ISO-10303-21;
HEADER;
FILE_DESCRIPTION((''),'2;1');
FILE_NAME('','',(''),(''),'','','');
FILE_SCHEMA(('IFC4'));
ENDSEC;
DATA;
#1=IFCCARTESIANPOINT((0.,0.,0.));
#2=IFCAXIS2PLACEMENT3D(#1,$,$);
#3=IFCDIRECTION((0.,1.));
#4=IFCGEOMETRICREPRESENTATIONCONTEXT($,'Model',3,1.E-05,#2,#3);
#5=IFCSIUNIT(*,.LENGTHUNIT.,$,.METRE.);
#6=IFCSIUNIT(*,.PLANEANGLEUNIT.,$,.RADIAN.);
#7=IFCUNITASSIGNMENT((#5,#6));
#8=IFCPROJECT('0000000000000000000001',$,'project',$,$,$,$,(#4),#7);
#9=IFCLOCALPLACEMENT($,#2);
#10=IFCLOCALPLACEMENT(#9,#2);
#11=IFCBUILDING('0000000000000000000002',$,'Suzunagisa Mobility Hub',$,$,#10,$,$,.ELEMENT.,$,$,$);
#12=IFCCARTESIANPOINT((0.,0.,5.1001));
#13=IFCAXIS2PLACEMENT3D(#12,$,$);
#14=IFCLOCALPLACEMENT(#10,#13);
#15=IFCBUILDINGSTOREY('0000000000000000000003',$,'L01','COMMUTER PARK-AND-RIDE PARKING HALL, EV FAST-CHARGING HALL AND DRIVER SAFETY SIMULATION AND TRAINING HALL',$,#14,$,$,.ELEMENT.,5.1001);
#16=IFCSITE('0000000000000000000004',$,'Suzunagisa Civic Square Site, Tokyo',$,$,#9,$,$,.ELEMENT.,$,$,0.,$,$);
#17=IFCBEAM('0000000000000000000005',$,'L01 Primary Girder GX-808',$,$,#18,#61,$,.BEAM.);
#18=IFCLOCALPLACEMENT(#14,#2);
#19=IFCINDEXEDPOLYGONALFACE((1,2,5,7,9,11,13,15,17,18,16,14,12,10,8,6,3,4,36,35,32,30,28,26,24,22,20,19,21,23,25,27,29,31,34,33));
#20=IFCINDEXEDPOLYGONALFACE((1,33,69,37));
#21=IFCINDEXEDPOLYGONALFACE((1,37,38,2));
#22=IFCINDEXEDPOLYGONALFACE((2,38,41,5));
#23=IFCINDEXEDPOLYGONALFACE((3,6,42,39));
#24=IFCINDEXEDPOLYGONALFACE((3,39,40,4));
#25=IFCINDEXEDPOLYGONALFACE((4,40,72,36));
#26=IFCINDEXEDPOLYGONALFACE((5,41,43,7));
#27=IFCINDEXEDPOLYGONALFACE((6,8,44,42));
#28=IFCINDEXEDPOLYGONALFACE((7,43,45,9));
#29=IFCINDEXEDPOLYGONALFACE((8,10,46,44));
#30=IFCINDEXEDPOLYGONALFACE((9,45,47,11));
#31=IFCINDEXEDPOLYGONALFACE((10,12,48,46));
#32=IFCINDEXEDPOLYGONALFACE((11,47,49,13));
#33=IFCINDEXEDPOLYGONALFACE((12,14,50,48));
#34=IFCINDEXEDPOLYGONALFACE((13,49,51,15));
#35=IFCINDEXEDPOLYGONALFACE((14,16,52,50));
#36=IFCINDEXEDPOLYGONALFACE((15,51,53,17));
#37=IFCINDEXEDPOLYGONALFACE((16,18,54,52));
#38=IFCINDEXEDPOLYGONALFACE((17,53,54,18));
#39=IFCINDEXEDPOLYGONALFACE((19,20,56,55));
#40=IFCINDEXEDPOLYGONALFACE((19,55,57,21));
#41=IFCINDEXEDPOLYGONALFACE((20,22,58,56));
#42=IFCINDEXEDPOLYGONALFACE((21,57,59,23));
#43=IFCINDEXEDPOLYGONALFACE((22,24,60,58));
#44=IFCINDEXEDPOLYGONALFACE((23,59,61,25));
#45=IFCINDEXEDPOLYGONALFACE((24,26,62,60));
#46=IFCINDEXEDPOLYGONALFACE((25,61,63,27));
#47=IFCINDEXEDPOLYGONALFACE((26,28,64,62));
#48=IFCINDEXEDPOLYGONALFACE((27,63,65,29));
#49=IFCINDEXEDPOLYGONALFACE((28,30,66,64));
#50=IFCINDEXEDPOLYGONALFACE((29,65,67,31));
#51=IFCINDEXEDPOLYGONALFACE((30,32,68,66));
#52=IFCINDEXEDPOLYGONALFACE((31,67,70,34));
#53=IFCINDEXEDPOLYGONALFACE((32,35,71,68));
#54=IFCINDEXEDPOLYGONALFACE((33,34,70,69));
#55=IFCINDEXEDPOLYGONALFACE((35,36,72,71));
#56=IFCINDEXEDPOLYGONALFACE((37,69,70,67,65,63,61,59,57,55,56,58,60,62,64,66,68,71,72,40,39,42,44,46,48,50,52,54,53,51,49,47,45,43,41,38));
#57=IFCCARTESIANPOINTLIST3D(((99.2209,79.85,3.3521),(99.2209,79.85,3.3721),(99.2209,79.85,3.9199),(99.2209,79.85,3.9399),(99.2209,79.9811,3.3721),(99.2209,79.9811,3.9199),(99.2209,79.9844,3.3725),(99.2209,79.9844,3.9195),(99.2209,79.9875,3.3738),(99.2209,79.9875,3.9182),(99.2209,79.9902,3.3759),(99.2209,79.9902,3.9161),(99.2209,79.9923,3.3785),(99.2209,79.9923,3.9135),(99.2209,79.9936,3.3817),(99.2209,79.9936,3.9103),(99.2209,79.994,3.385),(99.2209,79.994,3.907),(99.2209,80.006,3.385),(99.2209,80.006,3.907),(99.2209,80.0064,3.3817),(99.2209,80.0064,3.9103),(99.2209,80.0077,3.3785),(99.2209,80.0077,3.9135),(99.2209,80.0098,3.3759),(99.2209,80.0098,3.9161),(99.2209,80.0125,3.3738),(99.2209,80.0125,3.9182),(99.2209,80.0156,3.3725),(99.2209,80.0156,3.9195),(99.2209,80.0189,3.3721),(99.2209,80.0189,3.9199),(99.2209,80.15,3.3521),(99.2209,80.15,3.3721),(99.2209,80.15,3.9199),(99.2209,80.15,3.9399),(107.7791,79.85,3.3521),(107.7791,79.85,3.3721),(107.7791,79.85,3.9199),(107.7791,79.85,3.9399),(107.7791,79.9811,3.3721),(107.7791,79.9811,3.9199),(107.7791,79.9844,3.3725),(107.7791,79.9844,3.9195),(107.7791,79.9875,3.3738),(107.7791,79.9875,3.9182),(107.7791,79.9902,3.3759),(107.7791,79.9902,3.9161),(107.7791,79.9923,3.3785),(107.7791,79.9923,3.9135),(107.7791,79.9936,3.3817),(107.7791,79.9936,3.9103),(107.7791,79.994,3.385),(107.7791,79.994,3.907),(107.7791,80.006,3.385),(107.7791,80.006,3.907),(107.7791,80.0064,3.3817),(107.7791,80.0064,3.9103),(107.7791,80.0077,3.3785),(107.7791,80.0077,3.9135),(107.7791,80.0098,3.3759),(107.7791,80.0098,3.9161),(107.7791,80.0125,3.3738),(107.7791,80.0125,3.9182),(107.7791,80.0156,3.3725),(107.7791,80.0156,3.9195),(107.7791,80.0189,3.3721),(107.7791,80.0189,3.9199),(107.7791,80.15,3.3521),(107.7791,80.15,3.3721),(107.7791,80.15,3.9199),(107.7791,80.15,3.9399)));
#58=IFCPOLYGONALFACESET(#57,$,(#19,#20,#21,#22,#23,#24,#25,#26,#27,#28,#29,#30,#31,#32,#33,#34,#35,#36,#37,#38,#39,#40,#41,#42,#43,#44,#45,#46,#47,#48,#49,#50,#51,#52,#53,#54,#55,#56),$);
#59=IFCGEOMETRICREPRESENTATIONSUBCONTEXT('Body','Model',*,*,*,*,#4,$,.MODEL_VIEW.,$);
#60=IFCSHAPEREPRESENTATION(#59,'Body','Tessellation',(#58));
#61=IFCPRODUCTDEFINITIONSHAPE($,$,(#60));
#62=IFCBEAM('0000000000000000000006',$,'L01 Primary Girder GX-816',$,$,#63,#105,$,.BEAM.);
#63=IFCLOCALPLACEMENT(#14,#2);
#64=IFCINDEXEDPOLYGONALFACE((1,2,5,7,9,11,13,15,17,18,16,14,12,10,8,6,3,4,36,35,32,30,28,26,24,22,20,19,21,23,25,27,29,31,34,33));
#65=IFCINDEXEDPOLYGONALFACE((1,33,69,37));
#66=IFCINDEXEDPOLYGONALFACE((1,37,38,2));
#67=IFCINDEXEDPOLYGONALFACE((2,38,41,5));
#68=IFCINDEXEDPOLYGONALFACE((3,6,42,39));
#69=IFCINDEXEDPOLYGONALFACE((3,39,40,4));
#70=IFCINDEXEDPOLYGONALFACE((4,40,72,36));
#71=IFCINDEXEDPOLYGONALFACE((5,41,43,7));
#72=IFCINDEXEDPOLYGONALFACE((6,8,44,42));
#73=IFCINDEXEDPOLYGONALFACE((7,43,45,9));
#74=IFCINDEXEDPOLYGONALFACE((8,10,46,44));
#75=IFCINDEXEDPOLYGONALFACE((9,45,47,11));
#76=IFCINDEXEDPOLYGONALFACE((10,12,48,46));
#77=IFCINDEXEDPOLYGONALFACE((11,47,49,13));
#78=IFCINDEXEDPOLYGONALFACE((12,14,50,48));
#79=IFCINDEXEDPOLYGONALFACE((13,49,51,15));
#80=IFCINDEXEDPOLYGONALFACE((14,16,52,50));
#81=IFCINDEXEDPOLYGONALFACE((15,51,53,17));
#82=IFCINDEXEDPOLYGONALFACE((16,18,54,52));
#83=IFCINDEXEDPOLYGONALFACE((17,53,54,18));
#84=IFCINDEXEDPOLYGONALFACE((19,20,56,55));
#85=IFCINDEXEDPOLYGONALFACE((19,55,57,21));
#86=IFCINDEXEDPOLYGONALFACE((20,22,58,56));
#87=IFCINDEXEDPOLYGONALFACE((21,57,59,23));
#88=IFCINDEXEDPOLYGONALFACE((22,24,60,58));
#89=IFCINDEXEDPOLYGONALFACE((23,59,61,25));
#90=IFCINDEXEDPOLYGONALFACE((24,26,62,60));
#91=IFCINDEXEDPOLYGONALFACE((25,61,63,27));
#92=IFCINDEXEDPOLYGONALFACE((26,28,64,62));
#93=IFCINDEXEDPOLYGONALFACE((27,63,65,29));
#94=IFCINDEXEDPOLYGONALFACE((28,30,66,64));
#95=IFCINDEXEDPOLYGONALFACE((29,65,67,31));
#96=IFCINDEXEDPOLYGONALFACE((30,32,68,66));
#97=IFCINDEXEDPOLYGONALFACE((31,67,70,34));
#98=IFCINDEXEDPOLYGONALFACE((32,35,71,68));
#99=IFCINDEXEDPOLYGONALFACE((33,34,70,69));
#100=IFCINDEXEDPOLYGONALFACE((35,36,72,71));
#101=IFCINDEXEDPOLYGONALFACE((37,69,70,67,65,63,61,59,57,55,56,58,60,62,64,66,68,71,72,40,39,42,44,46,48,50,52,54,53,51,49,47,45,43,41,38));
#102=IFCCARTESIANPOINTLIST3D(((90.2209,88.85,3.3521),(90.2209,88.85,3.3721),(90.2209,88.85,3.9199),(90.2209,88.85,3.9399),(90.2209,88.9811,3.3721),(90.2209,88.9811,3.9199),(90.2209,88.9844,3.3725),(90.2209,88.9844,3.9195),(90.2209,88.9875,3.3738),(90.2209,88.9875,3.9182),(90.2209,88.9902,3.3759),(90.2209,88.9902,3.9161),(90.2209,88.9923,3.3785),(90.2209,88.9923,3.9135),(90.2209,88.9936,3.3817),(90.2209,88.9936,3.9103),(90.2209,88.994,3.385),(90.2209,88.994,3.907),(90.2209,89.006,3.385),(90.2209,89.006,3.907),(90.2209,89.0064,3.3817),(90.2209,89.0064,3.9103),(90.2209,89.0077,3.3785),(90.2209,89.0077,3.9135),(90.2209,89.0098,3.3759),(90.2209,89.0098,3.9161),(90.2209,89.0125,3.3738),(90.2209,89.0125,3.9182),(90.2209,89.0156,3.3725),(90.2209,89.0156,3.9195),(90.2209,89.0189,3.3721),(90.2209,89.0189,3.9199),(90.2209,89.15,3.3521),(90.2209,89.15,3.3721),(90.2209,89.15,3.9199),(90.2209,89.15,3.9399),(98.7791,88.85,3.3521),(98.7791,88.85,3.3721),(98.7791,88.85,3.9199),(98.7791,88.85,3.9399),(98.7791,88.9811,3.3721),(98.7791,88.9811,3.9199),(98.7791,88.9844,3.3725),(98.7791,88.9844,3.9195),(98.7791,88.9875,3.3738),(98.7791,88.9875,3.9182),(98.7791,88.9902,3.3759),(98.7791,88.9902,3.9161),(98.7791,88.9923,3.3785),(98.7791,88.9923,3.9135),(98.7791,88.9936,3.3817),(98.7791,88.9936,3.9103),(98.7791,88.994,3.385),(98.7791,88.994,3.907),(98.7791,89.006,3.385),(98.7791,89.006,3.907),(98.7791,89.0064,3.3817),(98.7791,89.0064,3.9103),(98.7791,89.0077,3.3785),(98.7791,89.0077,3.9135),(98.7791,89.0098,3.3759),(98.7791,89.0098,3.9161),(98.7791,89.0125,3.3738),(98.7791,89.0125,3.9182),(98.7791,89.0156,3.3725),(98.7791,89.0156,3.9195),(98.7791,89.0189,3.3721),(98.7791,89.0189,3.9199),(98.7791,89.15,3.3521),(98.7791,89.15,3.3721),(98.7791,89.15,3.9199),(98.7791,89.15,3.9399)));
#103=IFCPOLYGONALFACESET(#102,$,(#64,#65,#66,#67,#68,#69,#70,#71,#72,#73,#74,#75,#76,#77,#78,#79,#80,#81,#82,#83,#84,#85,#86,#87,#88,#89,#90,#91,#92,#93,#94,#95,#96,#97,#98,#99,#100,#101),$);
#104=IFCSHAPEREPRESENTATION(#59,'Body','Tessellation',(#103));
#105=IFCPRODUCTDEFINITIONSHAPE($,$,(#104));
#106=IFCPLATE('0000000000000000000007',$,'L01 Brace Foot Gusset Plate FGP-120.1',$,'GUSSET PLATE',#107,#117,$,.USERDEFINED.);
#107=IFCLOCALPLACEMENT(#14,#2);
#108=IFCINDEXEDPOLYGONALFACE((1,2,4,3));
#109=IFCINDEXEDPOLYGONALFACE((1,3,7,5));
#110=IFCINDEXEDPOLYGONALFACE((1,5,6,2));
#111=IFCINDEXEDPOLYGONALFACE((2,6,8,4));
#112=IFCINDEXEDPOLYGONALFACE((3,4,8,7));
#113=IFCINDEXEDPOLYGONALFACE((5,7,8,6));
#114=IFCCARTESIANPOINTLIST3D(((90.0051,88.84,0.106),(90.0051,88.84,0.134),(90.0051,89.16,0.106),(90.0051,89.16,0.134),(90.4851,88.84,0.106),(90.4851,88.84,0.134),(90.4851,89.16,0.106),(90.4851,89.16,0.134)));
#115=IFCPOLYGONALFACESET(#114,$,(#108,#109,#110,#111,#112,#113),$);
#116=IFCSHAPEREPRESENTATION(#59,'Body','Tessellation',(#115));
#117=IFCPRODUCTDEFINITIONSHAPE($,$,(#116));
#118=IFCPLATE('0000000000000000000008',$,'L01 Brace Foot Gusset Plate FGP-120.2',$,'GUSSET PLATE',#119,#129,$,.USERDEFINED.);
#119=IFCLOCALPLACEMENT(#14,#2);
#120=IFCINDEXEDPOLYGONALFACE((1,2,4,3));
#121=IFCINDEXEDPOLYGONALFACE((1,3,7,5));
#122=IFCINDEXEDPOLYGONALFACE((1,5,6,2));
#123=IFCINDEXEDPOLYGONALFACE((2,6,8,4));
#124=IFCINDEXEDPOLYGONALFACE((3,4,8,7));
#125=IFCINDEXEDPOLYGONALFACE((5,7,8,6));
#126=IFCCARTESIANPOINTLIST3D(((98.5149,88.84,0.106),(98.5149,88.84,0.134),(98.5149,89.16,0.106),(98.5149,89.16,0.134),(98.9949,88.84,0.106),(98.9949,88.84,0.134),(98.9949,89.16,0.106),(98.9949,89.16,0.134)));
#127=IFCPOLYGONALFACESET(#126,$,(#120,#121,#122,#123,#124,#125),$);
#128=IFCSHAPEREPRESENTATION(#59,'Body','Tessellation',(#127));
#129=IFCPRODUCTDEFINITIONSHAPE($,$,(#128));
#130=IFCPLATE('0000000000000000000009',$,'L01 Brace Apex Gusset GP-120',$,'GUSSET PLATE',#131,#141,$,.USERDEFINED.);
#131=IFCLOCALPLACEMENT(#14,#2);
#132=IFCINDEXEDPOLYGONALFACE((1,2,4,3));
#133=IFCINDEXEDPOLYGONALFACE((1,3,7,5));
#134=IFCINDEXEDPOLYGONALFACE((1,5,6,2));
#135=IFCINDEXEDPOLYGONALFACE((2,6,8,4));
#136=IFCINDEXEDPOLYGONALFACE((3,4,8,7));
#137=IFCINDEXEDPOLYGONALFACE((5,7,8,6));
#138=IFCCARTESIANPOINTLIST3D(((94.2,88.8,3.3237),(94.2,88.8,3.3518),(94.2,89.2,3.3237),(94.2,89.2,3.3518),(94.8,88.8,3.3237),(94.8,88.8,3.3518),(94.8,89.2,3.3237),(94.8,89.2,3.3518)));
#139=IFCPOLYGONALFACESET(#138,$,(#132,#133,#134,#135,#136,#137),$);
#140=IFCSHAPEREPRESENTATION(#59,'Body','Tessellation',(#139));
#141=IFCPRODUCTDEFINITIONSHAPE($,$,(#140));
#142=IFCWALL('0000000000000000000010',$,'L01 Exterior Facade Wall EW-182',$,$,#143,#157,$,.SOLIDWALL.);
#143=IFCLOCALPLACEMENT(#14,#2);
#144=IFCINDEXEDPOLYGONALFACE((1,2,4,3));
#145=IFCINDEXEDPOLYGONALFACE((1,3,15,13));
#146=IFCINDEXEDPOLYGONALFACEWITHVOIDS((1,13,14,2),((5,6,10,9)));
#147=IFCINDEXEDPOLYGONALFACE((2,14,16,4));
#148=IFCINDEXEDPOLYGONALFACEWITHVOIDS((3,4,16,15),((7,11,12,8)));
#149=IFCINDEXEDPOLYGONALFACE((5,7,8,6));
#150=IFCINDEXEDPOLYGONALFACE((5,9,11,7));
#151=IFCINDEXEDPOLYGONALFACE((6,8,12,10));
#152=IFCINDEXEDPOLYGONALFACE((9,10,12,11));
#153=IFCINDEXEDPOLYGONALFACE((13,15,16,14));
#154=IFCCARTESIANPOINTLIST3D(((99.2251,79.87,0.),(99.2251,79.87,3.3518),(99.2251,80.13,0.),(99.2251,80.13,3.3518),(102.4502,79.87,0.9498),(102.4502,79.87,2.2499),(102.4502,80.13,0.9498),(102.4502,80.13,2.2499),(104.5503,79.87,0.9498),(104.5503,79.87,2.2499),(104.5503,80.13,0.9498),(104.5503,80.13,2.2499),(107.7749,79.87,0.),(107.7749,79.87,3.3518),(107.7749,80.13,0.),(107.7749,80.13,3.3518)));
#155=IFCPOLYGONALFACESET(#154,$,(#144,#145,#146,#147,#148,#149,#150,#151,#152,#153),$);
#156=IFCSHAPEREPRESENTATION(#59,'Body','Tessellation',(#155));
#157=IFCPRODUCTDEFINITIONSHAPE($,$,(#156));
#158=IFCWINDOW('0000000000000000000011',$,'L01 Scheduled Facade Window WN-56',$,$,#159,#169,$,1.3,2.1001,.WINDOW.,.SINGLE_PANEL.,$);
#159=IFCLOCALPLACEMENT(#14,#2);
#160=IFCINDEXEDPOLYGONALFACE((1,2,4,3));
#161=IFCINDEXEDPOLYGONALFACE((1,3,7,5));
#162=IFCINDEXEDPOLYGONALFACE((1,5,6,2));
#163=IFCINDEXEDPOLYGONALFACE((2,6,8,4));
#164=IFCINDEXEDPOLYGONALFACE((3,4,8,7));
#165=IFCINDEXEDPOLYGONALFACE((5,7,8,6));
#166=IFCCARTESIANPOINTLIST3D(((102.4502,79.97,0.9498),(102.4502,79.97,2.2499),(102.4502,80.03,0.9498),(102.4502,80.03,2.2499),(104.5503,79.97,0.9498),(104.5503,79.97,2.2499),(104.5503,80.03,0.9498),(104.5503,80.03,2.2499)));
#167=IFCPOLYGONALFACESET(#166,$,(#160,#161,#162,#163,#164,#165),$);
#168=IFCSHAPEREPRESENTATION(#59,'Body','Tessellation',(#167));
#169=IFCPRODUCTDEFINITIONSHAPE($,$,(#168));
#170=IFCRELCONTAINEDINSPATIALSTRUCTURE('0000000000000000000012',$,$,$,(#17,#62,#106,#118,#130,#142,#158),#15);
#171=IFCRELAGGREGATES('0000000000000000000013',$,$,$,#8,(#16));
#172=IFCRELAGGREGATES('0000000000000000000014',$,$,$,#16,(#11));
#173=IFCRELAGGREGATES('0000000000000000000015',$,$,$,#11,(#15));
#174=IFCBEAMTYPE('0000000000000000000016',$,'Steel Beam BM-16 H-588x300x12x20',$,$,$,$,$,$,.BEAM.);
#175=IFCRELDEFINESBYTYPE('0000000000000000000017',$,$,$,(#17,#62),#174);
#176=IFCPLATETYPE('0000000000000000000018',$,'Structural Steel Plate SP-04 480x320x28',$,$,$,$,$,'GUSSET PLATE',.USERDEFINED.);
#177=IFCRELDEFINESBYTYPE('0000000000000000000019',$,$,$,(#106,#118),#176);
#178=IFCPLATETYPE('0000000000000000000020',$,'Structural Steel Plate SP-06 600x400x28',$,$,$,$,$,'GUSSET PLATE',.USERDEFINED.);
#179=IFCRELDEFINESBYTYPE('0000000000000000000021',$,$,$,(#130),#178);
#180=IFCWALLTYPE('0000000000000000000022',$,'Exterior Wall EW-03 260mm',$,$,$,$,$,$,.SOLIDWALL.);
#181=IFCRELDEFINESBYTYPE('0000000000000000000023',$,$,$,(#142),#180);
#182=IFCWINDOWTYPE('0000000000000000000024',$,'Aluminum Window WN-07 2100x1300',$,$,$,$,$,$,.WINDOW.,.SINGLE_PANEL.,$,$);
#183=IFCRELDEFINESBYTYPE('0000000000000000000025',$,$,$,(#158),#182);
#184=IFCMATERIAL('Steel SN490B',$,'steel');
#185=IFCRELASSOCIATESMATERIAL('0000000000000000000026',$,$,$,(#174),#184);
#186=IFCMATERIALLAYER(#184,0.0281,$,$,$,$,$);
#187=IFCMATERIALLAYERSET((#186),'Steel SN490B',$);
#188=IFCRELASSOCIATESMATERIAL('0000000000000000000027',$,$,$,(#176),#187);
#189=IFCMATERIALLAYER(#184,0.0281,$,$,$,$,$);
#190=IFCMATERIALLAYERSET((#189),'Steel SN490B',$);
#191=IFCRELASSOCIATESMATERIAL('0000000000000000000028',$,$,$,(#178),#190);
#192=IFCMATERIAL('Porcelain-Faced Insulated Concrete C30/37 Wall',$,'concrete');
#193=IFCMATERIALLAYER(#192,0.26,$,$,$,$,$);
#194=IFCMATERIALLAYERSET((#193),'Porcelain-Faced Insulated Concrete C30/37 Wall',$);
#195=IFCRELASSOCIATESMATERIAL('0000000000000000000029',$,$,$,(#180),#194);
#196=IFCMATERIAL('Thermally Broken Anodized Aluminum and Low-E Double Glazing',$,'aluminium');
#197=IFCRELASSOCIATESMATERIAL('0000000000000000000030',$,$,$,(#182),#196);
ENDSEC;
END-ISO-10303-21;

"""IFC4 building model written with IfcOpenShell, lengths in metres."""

from ifc_helpers import new_model, si_unit, direction, frame, frame_2d, origin, origin_2d, place, context, subcontext, project, spatial, rectangle, i_section, extrude, material, layer, layer_set, material_profile, profile_set, type_object, element, fill, save


model = new_model("IFC4")

# Units and contexts
model_context = context("Model", 3, precision=1e-05, world=origin(), true_north=direction((0.0, 1.0)))
body_context = subcontext(model_context, "Body", "Model", "MODEL_VIEW")
ifc_project = project(units=[si_unit("LENGTHUNIT", "METRE"), si_unit("PLANEANGLEUNIT", "RADIAN")], contexts=[model_context])

# Site, building, storey
site_placement = place(None, origin())
site = spatial("IfcSite", under=ifc_project, at=site_placement, Name="Suzunagisa Civic Square Site, Tokyo", CompositionType="ELEMENT", RefElevation=0.0)
building_placement = place(site_placement, origin())
building = spatial("IfcBuilding", under=site, at=building_placement, Name="Suzunagisa Mobility Hub", CompositionType="ELEMENT")
storey_placement = place(building_placement, frame((0.0, 0.0, 5.1001)))
storey = spatial("IfcBuildingStorey", under=building, at=storey_placement, Name="L01", Description="COMMUTER PARK-AND-RIDE PARKING HALL, EV FAST-CHARGING HALL AND DRIVER SAFETY SIMULATION AND TRAINING HALL", CompositionType="ELEMENT", Elevation=5.1001)

# Shared definitions
ifc_material_1 = material(Name="Steel SN490B", Category="steel")

# Beams
ifc_material_profile_1 = material_profile(ifc_material_1, i_section(OverallWidth=0.3, OverallDepth=0.5879, WebThickness=0.012, FlangeThickness=0.02, FilletRadius=0.0129, at=origin_2d()), Name="H-588x300x12x20")
ifc_profile_set_1 = profile_set([ifc_material_profile_1], Name="Steel SN490B")
beam_type_1 = type_object("IfcBeamType", Name="Steel Beam BM-16 H-588x300x12x20", PredefinedType="BEAM", material=ifc_profile_set_1)
for number, where, z_axis, x_axis, name in (
    (1, (99.2209, 80.0, 3.646), (1.0, 0.0, 0.0), (0.0, 1.0, 0.0), "L01 Primary Girder GX-808"),
    (2, (90.2209, 89.0, 3.646), (1.0, 0.0, 0.0), (0.0, 1.0, 0.0), "L01 Primary Girder GX-816"),
):
    element("IfcBeam", number, at=place(storey_placement, frame(where, z_axis=z_axis, x_axis=x_axis)), inside=storey, type_object=beam_type_1, Name=name, PredefinedType="BEAM", context=body_context, shape_type="SweptSolid", body=[
        extrude(i_section(OverallWidth=0.3, OverallDepth=0.5879, WebThickness=0.012, FlangeThickness=0.02, FilletRadius=0.0129, at=origin_2d()), origin(), (0.0, 0.0, 1.0), 8.5581),
    ])

# Plates
ifc_layer_1 = layer(ifc_material_1, 0.0281)
ifc_layer_set_1 = layer_set([ifc_layer_1], Name="Steel SN490B")
plate_type_1 = type_object("IfcPlateType", Name="Structural Steel Plate SP-04 480x320x28", ElementType="GUSSET PLATE", PredefinedType="USERDEFINED", material=ifc_layer_set_1)
for number, where, z_axis, x_axis, name in (
    (3, (90.2451, 89.0, 0.106), (0.0, 0.0, 1.0), (1.0, 0.0, 0.0), "L01 Brace Foot Gusset Plate FGP-120.1"),
    (4, (98.7549, 89.0, 0.106), (0.0, 0.0, 1.0), (1.0, 0.0, 0.0), "L01 Brace Foot Gusset Plate FGP-120.2"),
):
    element("IfcPlate", number, at=place(storey_placement, frame(where, z_axis=z_axis, x_axis=x_axis)), inside=storey, type_object=plate_type_1, Name=name, ObjectType="GUSSET PLATE", PredefinedType="USERDEFINED", context=body_context, shape_type="SweptSolid", body=[
        extrude(rectangle(XDim=0.48, YDim=0.3201, at=origin_2d()), origin(), (0.0, 0.0, 1.0), 0.0281),
    ])
ifc_layer_2 = layer(ifc_material_1, 0.0281)
ifc_layer_set_2 = layer_set([ifc_layer_2], Name="Steel SN490B")
plate_type_2 = type_object("IfcPlateType", Name="Structural Steel Plate SP-06 600x400x28", ElementType="GUSSET PLATE", PredefinedType="USERDEFINED", material=ifc_layer_set_2)
plate_placement = place(storey_placement, frame((94.5, 89.0, 3.3237), z_axis=(0.0, 0.0, 1.0), x_axis=(1.0, 0.0, 0.0)))
element("IfcPlate", 5, at=plate_placement, inside=storey, type_object=plate_type_2, Name="L01 Brace Apex Gusset GP-120", ObjectType="GUSSET PLATE", PredefinedType="USERDEFINED", context=body_context, shape_type="SweptSolid", body=[
    extrude(rectangle(XDim=0.6001, YDim=0.3999, at=origin_2d()), origin(), (0.0, 0.0, 1.0), 0.0281),
])

# Wall, opening, window
ifc_material_2 = material(Name="Porcelain-Faced Insulated Concrete C30/37 Wall", Category="concrete")
ifc_layer_3 = layer(ifc_material_2, 0.26)
ifc_layer_set_3 = layer_set([ifc_layer_3], Name="Porcelain-Faced Insulated Concrete C30/37 Wall")
wall_type_1 = type_object("IfcWallType", Name="Exterior Wall EW-03 260mm", PredefinedType="SOLIDWALL", material=ifc_layer_set_3)
wall_1_placement = place(storey_placement, frame((99.2251, 80.0, 0.0), z_axis=(0.0, 0.0, 1.0), x_axis=(1.0, 0.0, 0.0)))
wall_1 = element("IfcWall", 6, at=wall_1_placement, inside=storey, type_object=wall_type_1, Name="L01 Exterior Facade Wall EW-182", PredefinedType="SOLIDWALL", context=body_context, shape_type="SweptSolid", body=[
    extrude(rectangle(XDim=8.5498, YDim=0.26, at=frame_2d((4.2749, 0.0))), origin(), (0.0, 0.0, 1.0), 3.3518),
])
opening_1_placement = place(wall_1_placement, frame((3.2251, 0.0, 0.95)))
opening_1 = element("IfcOpeningElement", 7, at=opening_1_placement, cuts=wall_1, PredefinedType="OPENING", context=body_context, shape_type="SweptSolid", body=[
    extrude(rectangle(XDim=2.1001, YDim=1.3, at=frame_2d((1.05, 0.6499))), frame((0.0, 0.1411, 0.0), z_axis=(0.0, -1.0, 0.0), x_axis=(1.0, 0.0, 0.0)), (0.0, 0.0, 1.0), 0.282),
])
ifc_material_3 = material(Name="Thermally Broken Anodized Aluminum and Low-E Double Glazing", Category="aluminium")
window_type_1 = type_object("IfcWindowType", Name="Aluminum Window WN-07 2100x1300", PartitioningType="SINGLE_PANEL", PredefinedType="WINDOW", material=ifc_material_3)
window_1_placement = place(opening_1_placement, origin())
window_1 = element("IfcWindow", 8, at=window_1_placement, inside=storey, type_object=window_type_1, Name="L01 Scheduled Facade Window WN-56", OverallHeight=1.3, OverallWidth=2.1001, PartitioningType="SINGLE_PANEL", PredefinedType="WINDOW", context=body_context, shape_type="SweptSolid", body=[
    extrude(rectangle(XDim=2.1001, YDim=1.3, at=frame_2d((1.05, 0.6499))), frame((0.0, 0.03, 0.0), z_axis=(0.0, -1.0, 0.0), x_axis=(1.0, 0.0, 0.0)), (0.0, 0.0, 1.0), 0.0601),
])
fill(opening_1, window_1)

save(model, "model.ifc")
